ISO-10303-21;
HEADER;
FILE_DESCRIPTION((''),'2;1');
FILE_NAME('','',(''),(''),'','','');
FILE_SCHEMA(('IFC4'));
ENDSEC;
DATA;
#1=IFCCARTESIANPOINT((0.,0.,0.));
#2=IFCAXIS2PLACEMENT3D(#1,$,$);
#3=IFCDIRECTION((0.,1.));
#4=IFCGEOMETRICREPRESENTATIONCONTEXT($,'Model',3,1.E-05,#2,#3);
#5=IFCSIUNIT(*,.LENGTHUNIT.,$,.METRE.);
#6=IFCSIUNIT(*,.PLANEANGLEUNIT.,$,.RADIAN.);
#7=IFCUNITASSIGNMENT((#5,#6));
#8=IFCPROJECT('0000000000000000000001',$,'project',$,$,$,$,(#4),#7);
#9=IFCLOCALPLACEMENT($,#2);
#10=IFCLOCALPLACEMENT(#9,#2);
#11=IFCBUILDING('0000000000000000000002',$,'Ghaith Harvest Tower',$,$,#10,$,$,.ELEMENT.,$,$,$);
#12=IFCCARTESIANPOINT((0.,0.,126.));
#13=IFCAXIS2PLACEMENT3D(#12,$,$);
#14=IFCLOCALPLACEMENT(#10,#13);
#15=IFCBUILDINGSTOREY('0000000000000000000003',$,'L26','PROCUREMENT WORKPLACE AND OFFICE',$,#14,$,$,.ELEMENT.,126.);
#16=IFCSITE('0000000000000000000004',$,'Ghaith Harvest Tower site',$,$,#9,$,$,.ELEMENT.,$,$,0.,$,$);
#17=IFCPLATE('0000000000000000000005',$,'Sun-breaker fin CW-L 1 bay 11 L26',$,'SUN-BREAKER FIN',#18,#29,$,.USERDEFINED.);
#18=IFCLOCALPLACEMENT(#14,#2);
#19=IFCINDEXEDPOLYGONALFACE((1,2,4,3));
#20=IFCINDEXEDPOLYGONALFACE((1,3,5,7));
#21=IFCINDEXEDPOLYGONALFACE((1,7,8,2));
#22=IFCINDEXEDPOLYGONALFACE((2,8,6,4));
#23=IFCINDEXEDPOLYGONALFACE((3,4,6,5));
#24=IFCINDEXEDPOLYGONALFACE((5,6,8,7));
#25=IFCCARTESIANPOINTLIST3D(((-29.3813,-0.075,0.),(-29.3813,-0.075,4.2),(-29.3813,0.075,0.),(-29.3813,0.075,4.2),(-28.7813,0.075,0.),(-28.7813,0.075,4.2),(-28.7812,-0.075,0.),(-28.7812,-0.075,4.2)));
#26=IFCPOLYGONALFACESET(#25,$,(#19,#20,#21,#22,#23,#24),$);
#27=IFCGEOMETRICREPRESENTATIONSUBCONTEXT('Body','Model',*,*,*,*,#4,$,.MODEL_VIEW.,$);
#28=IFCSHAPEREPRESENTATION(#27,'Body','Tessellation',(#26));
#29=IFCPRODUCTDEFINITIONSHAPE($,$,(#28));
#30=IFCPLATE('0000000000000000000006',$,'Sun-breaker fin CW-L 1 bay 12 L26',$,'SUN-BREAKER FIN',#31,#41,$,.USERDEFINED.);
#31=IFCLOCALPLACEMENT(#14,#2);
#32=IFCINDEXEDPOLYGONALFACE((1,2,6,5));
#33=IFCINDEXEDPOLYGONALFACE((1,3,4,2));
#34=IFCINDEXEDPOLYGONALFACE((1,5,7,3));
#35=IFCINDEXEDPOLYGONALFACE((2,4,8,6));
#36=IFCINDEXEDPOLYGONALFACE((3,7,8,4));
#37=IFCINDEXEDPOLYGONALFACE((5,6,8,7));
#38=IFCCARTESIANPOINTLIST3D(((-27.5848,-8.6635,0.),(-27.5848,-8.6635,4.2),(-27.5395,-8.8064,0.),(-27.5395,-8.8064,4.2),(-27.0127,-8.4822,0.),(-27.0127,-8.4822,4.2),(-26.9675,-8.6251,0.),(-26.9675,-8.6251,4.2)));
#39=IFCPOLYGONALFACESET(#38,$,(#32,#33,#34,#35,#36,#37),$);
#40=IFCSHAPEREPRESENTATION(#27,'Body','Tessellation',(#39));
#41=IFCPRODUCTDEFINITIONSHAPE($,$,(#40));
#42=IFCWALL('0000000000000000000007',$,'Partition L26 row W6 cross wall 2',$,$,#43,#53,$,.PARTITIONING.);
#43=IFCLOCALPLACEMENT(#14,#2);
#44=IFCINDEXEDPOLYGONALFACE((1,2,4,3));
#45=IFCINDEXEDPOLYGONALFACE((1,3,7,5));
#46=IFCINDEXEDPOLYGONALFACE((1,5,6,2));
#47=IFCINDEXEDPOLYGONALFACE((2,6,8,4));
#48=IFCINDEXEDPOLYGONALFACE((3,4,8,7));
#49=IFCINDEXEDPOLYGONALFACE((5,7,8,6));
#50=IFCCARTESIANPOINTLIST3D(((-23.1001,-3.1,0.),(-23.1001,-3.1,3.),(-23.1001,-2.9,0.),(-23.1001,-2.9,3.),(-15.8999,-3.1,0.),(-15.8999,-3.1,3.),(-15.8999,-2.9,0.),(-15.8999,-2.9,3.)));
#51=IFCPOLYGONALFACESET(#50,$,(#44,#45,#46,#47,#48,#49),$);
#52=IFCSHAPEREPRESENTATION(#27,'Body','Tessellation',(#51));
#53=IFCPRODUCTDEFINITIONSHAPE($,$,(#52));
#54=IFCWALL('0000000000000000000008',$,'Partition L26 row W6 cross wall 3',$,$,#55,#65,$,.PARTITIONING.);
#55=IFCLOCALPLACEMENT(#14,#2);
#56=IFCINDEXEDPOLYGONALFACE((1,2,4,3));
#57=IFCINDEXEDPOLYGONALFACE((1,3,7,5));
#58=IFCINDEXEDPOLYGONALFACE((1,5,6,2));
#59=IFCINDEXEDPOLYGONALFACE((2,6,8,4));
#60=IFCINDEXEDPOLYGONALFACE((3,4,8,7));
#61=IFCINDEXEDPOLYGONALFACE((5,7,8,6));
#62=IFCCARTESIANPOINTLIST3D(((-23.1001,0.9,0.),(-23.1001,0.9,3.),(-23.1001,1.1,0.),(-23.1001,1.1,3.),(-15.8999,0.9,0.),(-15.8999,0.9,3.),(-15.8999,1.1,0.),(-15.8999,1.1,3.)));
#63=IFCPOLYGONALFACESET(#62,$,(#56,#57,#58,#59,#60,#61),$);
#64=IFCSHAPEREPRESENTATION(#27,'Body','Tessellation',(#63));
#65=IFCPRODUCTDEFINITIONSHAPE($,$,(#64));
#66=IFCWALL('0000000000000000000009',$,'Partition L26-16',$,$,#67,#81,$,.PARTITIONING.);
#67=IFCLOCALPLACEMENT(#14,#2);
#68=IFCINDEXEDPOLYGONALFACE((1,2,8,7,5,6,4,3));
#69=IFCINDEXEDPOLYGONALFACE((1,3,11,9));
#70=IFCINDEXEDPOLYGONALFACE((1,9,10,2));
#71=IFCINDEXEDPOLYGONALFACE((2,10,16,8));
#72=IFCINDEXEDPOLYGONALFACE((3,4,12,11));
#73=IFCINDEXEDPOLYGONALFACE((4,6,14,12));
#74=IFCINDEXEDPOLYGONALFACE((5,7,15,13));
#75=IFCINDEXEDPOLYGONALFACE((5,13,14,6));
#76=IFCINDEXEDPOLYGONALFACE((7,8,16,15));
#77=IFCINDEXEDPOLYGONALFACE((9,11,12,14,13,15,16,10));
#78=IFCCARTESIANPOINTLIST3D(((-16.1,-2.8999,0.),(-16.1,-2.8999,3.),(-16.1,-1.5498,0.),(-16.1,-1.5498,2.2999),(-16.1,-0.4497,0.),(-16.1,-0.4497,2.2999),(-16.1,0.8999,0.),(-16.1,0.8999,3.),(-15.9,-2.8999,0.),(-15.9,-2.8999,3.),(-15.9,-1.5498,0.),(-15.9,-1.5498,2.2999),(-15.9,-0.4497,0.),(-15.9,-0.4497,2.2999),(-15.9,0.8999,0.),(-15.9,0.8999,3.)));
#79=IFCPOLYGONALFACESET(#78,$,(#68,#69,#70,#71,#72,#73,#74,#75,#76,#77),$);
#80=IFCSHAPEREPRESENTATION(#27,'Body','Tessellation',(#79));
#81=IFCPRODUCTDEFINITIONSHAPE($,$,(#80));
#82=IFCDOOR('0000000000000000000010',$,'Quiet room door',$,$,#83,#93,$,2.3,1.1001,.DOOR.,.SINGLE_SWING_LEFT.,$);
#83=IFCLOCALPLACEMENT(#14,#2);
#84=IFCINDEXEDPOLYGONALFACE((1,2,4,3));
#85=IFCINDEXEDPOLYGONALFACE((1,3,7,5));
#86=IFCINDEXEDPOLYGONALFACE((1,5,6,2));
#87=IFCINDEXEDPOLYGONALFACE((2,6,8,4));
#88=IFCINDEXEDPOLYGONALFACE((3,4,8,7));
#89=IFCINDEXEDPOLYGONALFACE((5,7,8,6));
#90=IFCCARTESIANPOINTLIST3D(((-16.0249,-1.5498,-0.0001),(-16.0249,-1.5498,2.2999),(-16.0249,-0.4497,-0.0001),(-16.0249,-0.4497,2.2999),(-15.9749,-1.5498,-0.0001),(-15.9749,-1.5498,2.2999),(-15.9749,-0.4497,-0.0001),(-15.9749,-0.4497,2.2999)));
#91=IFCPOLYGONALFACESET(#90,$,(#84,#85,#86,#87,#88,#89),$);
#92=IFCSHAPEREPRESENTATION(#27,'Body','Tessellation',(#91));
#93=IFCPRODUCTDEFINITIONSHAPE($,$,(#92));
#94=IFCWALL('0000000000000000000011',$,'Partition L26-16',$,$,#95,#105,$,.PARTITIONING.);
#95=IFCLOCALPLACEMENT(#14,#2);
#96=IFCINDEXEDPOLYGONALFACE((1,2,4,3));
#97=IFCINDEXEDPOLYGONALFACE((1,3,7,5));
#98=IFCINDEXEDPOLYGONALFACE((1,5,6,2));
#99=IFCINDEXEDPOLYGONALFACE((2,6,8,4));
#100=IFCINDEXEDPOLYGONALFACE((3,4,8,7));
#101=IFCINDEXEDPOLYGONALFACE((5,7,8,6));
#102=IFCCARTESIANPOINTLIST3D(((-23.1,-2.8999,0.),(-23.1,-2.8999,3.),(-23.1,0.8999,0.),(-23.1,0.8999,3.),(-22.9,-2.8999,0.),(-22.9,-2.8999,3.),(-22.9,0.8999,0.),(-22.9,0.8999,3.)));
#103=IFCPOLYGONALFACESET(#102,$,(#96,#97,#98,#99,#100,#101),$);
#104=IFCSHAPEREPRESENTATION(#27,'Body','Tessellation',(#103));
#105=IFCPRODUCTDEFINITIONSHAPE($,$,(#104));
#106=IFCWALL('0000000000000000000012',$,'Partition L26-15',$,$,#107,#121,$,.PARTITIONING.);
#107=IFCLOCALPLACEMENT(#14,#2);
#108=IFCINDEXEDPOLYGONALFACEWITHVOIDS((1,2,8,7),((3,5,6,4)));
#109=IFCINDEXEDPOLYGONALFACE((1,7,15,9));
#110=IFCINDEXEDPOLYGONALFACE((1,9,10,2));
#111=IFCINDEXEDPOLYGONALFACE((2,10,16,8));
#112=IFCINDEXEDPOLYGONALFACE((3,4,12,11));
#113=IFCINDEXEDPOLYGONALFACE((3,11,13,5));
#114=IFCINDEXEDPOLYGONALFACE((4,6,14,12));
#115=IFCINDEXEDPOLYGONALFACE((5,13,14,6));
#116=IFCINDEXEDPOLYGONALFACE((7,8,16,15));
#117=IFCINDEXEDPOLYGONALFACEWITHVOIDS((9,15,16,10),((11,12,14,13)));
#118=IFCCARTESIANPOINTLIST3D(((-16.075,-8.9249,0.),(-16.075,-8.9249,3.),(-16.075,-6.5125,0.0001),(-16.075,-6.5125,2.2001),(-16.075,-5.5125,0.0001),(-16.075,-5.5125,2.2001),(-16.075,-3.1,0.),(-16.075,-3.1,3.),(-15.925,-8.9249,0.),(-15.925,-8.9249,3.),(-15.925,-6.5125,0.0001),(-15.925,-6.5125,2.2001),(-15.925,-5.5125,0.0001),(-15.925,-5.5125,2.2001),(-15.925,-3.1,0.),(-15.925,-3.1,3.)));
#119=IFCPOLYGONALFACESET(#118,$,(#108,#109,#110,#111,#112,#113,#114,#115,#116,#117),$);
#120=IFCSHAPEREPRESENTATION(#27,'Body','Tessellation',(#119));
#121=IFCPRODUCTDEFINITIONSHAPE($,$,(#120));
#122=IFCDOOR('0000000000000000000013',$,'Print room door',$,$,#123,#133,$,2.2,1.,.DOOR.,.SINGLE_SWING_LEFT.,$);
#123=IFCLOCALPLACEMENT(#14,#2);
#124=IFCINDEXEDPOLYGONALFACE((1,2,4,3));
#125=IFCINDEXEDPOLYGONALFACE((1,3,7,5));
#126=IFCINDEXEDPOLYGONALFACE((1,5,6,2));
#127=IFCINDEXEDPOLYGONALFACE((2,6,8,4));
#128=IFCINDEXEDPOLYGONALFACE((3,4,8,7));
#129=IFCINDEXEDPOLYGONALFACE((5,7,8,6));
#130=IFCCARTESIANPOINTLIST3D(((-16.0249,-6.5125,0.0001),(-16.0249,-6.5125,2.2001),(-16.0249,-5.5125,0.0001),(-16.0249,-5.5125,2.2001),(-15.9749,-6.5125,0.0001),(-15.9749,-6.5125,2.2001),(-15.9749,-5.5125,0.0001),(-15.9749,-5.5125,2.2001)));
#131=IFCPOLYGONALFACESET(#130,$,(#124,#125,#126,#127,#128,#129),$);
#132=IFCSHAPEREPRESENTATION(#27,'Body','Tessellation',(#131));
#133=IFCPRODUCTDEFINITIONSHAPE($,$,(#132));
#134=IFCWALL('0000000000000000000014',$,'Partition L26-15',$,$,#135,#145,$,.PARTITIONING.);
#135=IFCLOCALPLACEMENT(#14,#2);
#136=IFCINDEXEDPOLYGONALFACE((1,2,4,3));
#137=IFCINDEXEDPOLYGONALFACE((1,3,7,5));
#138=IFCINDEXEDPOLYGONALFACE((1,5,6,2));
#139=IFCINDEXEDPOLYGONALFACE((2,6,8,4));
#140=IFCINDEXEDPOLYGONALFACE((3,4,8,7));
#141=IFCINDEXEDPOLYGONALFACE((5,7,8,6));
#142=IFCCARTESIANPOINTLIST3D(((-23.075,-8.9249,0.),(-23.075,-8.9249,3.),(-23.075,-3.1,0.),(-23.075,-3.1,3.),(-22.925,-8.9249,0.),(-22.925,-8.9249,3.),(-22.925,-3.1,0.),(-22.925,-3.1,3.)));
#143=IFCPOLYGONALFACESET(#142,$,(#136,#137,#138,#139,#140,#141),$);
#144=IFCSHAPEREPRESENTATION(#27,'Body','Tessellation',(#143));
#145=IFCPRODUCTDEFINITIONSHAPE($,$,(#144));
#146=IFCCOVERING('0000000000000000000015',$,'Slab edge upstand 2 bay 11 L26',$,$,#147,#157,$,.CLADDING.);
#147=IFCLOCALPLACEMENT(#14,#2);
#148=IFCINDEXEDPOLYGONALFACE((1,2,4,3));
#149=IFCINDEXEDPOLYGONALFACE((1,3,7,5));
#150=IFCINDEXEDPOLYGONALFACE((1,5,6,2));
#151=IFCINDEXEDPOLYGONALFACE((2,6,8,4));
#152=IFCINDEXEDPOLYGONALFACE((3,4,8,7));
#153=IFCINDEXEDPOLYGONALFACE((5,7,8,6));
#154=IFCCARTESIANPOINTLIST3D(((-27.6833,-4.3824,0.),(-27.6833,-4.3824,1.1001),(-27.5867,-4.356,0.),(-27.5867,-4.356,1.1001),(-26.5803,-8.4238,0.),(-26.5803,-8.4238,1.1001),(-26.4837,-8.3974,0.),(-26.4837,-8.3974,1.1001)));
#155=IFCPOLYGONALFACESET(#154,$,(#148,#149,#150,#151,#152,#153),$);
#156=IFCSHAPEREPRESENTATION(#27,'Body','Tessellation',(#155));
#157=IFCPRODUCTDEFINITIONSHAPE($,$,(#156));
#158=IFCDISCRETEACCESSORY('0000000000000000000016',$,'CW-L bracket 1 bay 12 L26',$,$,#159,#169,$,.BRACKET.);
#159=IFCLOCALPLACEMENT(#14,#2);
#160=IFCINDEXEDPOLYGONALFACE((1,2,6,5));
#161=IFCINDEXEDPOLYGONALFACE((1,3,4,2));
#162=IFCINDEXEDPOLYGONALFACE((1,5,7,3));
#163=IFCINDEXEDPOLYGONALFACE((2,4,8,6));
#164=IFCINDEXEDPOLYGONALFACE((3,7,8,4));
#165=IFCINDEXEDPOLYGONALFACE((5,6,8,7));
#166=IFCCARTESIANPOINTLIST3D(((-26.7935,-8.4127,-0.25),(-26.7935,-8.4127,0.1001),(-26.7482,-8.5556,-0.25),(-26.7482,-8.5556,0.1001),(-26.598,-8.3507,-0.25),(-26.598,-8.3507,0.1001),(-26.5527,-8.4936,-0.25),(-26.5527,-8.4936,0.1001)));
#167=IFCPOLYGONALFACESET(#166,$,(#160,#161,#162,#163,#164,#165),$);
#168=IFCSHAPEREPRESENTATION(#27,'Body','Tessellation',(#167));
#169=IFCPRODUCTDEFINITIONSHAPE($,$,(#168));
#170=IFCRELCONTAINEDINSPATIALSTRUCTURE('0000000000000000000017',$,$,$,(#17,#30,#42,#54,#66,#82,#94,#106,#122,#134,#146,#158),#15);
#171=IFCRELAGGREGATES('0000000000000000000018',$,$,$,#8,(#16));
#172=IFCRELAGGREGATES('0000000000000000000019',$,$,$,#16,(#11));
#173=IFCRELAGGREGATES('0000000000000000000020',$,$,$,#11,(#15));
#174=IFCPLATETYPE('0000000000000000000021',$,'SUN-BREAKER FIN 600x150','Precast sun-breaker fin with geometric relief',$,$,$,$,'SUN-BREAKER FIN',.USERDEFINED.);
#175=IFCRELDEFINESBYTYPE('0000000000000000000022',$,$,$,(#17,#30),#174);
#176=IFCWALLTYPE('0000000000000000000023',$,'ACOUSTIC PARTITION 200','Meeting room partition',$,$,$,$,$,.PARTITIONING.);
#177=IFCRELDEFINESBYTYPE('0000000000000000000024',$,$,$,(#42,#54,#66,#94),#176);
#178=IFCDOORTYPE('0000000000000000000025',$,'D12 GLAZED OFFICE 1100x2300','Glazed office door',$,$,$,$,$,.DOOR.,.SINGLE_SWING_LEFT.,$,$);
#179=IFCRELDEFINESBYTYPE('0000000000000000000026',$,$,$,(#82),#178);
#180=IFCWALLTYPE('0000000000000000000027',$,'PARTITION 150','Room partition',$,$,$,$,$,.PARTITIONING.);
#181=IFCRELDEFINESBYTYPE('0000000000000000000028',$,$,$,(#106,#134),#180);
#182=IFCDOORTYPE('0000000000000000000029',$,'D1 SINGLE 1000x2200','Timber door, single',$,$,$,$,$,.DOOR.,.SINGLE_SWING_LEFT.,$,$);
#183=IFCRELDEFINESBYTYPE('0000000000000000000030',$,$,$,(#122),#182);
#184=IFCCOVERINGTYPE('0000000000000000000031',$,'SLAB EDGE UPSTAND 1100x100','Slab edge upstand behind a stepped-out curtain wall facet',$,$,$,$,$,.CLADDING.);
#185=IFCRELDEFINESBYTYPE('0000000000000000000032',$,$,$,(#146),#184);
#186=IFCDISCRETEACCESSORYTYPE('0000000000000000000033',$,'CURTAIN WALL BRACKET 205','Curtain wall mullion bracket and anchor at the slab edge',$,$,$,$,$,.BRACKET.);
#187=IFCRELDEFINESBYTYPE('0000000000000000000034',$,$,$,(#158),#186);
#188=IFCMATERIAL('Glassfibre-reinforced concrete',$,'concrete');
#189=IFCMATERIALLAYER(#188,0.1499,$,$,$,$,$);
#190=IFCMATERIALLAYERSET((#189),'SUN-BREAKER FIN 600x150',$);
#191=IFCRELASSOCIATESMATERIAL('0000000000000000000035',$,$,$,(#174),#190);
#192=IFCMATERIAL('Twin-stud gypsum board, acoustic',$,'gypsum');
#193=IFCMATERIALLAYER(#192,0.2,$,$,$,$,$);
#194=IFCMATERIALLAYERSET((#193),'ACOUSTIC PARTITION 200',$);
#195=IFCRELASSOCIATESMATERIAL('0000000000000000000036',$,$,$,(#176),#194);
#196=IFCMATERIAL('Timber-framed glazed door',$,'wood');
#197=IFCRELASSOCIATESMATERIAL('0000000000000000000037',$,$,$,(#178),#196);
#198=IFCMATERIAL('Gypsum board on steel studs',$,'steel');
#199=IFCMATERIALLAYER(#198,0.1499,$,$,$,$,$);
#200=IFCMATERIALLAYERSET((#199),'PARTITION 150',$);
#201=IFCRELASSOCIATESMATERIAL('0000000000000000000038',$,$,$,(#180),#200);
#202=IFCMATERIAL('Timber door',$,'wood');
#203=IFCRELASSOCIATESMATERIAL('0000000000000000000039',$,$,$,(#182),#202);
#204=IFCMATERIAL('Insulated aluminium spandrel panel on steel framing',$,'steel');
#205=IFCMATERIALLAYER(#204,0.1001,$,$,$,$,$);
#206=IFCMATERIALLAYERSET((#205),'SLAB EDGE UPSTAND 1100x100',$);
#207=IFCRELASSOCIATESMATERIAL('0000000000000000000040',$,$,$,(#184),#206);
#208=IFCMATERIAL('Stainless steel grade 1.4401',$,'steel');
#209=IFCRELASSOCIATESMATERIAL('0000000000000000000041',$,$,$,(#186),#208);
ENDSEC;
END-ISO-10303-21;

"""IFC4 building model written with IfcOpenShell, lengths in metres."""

from ifc_helpers import new_model, si_unit, direction, frame, frame_2d, origin, origin_2d, place, context, subcontext, project, spatial, rectangle, extrude, material, layer, layer_set, type_object, element, fill, save


model = new_model("IFC4")

# Units and contexts
model_context = context("Model", 3, precision=1e-05, world=origin(), true_north=direction((0.0, 1.0)))
body_context = subcontext(model_context, "Body", "Model", "MODEL_VIEW")
ifc_project = project(units=[si_unit("LENGTHUNIT", "METRE"), si_unit("PLANEANGLEUNIT", "RADIAN")], contexts=[model_context])

# Site, building, storey
site_placement = place(None, origin())
site = spatial("IfcSite", under=ifc_project, at=site_placement, Name="Ghaith Harvest Tower site", CompositionType="ELEMENT", RefElevation=0.0)
building_placement = place(site_placement, origin())
building = spatial("IfcBuilding", under=site, at=building_placement, Name="Ghaith Harvest Tower", CompositionType="ELEMENT")
storey_placement = place(building_placement, frame((0.0, 0.0, 126.0)))
storey = spatial("IfcBuildingStorey", under=building, at=storey_placement, Name="L26", Description="PROCUREMENT WORKPLACE AND OFFICE", CompositionType="ELEMENT", Elevation=126.0)

# Plates
ifc_material_1 = material(Name="Glassfibre-reinforced concrete", Category="concrete")
ifc_layer_1 = layer(ifc_material_1, 0.1499)
ifc_layer_set_1 = layer_set([ifc_layer_1], Name="SUN-BREAKER FIN 600x150")
plate_type_1 = type_object("IfcPlateType", Name="SUN-BREAKER FIN 600x150", Description="Precast sun-breaker fin with geometric relief", ElementType="SUN-BREAKER FIN", PredefinedType="USERDEFINED", material=ifc_layer_set_1)
for number, where, z_axis, x_axis, name in (
    (1, (-29.0813, 0.0, 0.0), (0.0, 0.0, 1.0), (-1.0, 0.0, 0.0), "Sun-breaker fin CW-L 1 bay 11 L26"),
    (2, (-27.2761, -8.6443, 0.0), (0.0, 0.0, 1.0), (-0.953273, -0.30211, 0.0), "Sun-breaker fin CW-L 1 bay 12 L26"),
):
    element("IfcPlate", number, at=place(storey_placement, frame(where, z_axis=z_axis, x_axis=x_axis)), inside=storey, type_object=plate_type_1, Name=name, ObjectType="SUN-BREAKER FIN", PredefinedType="USERDEFINED", context=body_context, shape_type="SweptSolid", body=[
        extrude(rectangle(XDim=0.6001, YDim=0.1499, at=origin_2d()), origin(), (0.0, 0.0, 1.0), 4.2),
    ])

# Walls
ifc_material_2 = material(Name="Twin-stud gypsum board, acoustic", Category="gypsum")
ifc_layer_2 = layer(ifc_material_2, 0.2)
ifc_layer_set_2 = layer_set([ifc_layer_2], Name="ACOUSTIC PARTITION 200")
wall_type_1 = type_object("IfcWallType", Name="ACOUSTIC PARTITION 200", Description="Meeting room partition", PredefinedType="PARTITIONING", material=ifc_layer_set_2)
for number, where, z_axis, x_axis, name in (
    (3, (-15.8999, -3.0, 0.0), (0.0, 0.0, 1.0), (-1.0, 0.0, 0.0), "Partition L26 row W6 cross wall 2"),
    (4, (-15.8999, 1.0, 0.0), (0.0, 0.0, 1.0), (-1.0, 0.0, 0.0), "Partition L26 row W6 cross wall 3"),
):
    element("IfcWall", number, at=place(storey_placement, frame(where, z_axis=z_axis, x_axis=x_axis)), inside=storey, type_object=wall_type_1, Name=name, PredefinedType="PARTITIONING", context=body_context, shape_type="SweptSolid", body=[
        extrude(rectangle(XDim=7.2002, YDim=0.2, at=frame_2d((3.6001, 0.0))), origin(), (0.0, 0.0, 1.0), 3.0),
    ])

# Wall, opening, door
wall_1_placement = place(storey_placement, frame((-16.0, -2.8999, 0.0), z_axis=(0.0, 0.0, 1.0), x_axis=(0.0, 1.0, 0.0)))
wall_1 = element("IfcWall", 5, at=wall_1_placement, inside=storey, type_object=wall_type_1, Name="Partition L26-16", PredefinedType="PARTITIONING", context=body_context, shape_type="SweptSolid", body=[
    extrude(rectangle(XDim=3.7998, YDim=0.2, at=frame_2d((1.8999, 0.0))), origin(), (0.0, 0.0, 1.0), 3.0),
])
opening_1_placement = place(wall_1_placement, frame((1.3501, 0.0, 0.0)))
opening_1 = element("IfcOpeningElement", 6, at=opening_1_placement, cuts=wall_1, PredefinedType="OPENING", context=body_context, shape_type="SweptSolid", body=[
    extrude(rectangle(XDim=1.1001, YDim=2.3, at=frame_2d((0.55, 1.1499))), frame((0.0, 0.1099, 0.0), z_axis=(0.0, -1.0, 0.0), x_axis=(1.0, 0.0, 0.0)), (0.0, 0.0, 1.0), 0.22),
])
ifc_material_3 = material(Name="Timber-framed glazed door", Category="wood")
door_type_1 = type_object("IfcDoorType", Name="D12 GLAZED OFFICE 1100x2300", Description="Glazed office door", OperationType="SINGLE_SWING_LEFT", PredefinedType="DOOR", material=ifc_material_3)
door_1_placement = place(opening_1_placement, origin())
door_1 = element("IfcDoor", 7, at=door_1_placement, inside=storey, type_object=door_type_1, Name="Quiet room door", OperationType="SINGLE_SWING_LEFT", OverallHeight=2.3, OverallWidth=1.1001, PredefinedType="DOOR", context=body_context, shape_type="SweptSolid", body=[
    extrude(rectangle(XDim=1.1001, YDim=2.3, at=frame_2d((0.55, 1.1499))), frame((0.0, 0.0249, 0.0), z_axis=(0.0, -1.0, 0.0), x_axis=(1.0, 0.0, 0.0)), (0.0, 0.0, 1.0), 0.05),
])
fill(opening_1, door_1)

# Wall
wall_2_placement = place(storey_placement, frame((-23.0, -2.8999, 0.0), z_axis=(0.0, 0.0, 1.0), x_axis=(0.0, 1.0, 0.0)))
element("IfcWall", 8, at=wall_2_placement, inside=storey, type_object=wall_type_1, Name="Partition L26-16", PredefinedType="PARTITIONING", context=body_context, shape_type="SweptSolid", body=[
    extrude(rectangle(XDim=3.7998, YDim=0.2, at=frame_2d((1.8999, 0.0))), origin(), (0.0, 0.0, 1.0), 3.0),
])

# Wall, opening, door
ifc_material_4 = material(Name="Gypsum board on steel studs", Category="steel")
ifc_layer_3 = layer(ifc_material_4, 0.1499)
ifc_layer_set_3 = layer_set([ifc_layer_3], Name="PARTITION 150")
wall_type_2 = type_object("IfcWallType", Name="PARTITION 150", Description="Room partition", PredefinedType="PARTITIONING", material=ifc_layer_set_3)
wall_3_placement = place(storey_placement, frame((-16.0, -8.925, 0.0), z_axis=(0.0, 0.0, 1.0), x_axis=(0.0, 1.0, 0.0)))
wall_3 = element("IfcWall", 9, at=wall_3_placement, inside=storey, type_object=wall_type_2, Name="Partition L26-15", PredefinedType="PARTITIONING", context=body_context, shape_type="SweptSolid", body=[
    extrude(rectangle(XDim=5.825, YDim=0.1499, at=frame_2d((2.9126, 0.0))), origin(), (0.0, 0.0, 1.0), 3.0),
])
opening_2_placement = place(wall_3_placement, frame((2.4126, 0.0, 0.0)))
opening_2 = element("IfcOpeningElement", 10, at=opening_2_placement, cuts=wall_3, PredefinedType="OPENING", context=body_context, shape_type="SweptSolid", body=[
    extrude(rectangle(XDim=1.0, YDim=2.2, at=frame_2d((0.5, 1.1001))), frame((0.0, 0.085, 0.0), z_axis=(0.0, -1.0, 0.0), x_axis=(1.0, 0.0, 0.0)), (0.0, 0.0, 1.0), 0.1699),
])
ifc_material_5 = material(Name="Timber door", Category="wood")
door_type_2 = type_object("IfcDoorType", Name="D1 SINGLE 1000x2200", Description="Timber door, single", OperationType="SINGLE_SWING_LEFT", PredefinedType="DOOR", material=ifc_material_5)
door_2_placement = place(opening_2_placement, origin())
door_2 = element("IfcDoor", 11, at=door_2_placement, inside=storey, type_object=door_type_2, Name="Print room door", OperationType="SINGLE_SWING_LEFT", OverallHeight=2.2, OverallWidth=1.0, PredefinedType="DOOR", context=body_context, shape_type="SweptSolid", body=[
    extrude(rectangle(XDim=1.0, YDim=2.2, at=frame_2d((0.5, 1.1001))), frame((0.0, 0.0249, 0.0), z_axis=(0.0, -1.0, 0.0), x_axis=(1.0, 0.0, 0.0)), (0.0, 0.0, 1.0), 0.05),
])
fill(opening_2, door_2)

# Wall
wall_4_placement = place(storey_placement, frame((-23.0, -8.925, 0.0), z_axis=(0.0, 0.0, 1.0), x_axis=(0.0, 1.0, 0.0)))
element("IfcWall", 12, at=wall_4_placement, inside=storey, type_object=wall_type_2, Name="Partition L26-15", PredefinedType="PARTITIONING", context=body_context, shape_type="SweptSolid", body=[
    extrude(rectangle(XDim=5.825, YDim=0.1499, at=frame_2d((2.9126, 0.0))), origin(), (0.0, 0.0, 1.0), 3.0),
])

# Covering
ifc_material_6 = material(Name="Insulated aluminium spandrel panel on steel framing", Category="steel")
ifc_layer_4 = layer(ifc_material_6, 0.1001)
ifc_layer_set_4 = layer_set([ifc_layer_4], Name="SLAB EDGE UPSTAND 1100x100")
covering_type = type_object("IfcCoveringType", Name="SLAB EDGE UPSTAND 1100x100", Description="Slab edge upstand behind a stepped-out curtain wall facet", PredefinedType="CLADDING", material=ifc_layer_set_4)
covering_placement = place(storey_placement, frame((-27.0835, -6.3899, 0.0), z_axis=(0.0, 0.0, 1.0), x_axis=(0.263288, -0.964717, 0.0)))
element("IfcCovering", 13, at=covering_placement, inside=storey, type_object=covering_type, Name="Slab edge upstand 2 bay 11 L26", PredefinedType="CLADDING", context=body_context, shape_type="SweptSolid", body=[
    extrude(rectangle(XDim=4.1892, YDim=0.1001, at=origin_2d()), origin(), (0.0, 0.0, 1.0), 1.1001),
])

# Discrete accessory
ifc_material_7 = material(Name="Stainless steel grade 1.4401", Category="steel")
discrete_accessory_type = type_object("IfcDiscreteAccessoryType", Name="CURTAIN WALL BRACKET 205", Description="Curtain wall mullion bracket and anchor at the slab edge", PredefinedType="BRACKET", material=ifc_material_7)
discrete_accessory_placement = place(storey_placement, frame((-26.6731, -8.4531, -0.25), z_axis=(0.0, 0.0, 1.0), x_axis=(-0.953273, -0.30211, 0.0)))
element("IfcDiscreteAccessory", 14, at=discrete_accessory_placement, inside=storey, type_object=discrete_accessory_type, Name="CW-L bracket 1 bay 12 L26", PredefinedType="BRACKET", context=body_context, shape_type="SweptSolid", body=[
    extrude(rectangle(XDim=0.2051, YDim=0.1499, at=origin_2d()), origin(), (0.0, 0.0, 1.0), 0.3501),
])

save(model, "model.ifc")
